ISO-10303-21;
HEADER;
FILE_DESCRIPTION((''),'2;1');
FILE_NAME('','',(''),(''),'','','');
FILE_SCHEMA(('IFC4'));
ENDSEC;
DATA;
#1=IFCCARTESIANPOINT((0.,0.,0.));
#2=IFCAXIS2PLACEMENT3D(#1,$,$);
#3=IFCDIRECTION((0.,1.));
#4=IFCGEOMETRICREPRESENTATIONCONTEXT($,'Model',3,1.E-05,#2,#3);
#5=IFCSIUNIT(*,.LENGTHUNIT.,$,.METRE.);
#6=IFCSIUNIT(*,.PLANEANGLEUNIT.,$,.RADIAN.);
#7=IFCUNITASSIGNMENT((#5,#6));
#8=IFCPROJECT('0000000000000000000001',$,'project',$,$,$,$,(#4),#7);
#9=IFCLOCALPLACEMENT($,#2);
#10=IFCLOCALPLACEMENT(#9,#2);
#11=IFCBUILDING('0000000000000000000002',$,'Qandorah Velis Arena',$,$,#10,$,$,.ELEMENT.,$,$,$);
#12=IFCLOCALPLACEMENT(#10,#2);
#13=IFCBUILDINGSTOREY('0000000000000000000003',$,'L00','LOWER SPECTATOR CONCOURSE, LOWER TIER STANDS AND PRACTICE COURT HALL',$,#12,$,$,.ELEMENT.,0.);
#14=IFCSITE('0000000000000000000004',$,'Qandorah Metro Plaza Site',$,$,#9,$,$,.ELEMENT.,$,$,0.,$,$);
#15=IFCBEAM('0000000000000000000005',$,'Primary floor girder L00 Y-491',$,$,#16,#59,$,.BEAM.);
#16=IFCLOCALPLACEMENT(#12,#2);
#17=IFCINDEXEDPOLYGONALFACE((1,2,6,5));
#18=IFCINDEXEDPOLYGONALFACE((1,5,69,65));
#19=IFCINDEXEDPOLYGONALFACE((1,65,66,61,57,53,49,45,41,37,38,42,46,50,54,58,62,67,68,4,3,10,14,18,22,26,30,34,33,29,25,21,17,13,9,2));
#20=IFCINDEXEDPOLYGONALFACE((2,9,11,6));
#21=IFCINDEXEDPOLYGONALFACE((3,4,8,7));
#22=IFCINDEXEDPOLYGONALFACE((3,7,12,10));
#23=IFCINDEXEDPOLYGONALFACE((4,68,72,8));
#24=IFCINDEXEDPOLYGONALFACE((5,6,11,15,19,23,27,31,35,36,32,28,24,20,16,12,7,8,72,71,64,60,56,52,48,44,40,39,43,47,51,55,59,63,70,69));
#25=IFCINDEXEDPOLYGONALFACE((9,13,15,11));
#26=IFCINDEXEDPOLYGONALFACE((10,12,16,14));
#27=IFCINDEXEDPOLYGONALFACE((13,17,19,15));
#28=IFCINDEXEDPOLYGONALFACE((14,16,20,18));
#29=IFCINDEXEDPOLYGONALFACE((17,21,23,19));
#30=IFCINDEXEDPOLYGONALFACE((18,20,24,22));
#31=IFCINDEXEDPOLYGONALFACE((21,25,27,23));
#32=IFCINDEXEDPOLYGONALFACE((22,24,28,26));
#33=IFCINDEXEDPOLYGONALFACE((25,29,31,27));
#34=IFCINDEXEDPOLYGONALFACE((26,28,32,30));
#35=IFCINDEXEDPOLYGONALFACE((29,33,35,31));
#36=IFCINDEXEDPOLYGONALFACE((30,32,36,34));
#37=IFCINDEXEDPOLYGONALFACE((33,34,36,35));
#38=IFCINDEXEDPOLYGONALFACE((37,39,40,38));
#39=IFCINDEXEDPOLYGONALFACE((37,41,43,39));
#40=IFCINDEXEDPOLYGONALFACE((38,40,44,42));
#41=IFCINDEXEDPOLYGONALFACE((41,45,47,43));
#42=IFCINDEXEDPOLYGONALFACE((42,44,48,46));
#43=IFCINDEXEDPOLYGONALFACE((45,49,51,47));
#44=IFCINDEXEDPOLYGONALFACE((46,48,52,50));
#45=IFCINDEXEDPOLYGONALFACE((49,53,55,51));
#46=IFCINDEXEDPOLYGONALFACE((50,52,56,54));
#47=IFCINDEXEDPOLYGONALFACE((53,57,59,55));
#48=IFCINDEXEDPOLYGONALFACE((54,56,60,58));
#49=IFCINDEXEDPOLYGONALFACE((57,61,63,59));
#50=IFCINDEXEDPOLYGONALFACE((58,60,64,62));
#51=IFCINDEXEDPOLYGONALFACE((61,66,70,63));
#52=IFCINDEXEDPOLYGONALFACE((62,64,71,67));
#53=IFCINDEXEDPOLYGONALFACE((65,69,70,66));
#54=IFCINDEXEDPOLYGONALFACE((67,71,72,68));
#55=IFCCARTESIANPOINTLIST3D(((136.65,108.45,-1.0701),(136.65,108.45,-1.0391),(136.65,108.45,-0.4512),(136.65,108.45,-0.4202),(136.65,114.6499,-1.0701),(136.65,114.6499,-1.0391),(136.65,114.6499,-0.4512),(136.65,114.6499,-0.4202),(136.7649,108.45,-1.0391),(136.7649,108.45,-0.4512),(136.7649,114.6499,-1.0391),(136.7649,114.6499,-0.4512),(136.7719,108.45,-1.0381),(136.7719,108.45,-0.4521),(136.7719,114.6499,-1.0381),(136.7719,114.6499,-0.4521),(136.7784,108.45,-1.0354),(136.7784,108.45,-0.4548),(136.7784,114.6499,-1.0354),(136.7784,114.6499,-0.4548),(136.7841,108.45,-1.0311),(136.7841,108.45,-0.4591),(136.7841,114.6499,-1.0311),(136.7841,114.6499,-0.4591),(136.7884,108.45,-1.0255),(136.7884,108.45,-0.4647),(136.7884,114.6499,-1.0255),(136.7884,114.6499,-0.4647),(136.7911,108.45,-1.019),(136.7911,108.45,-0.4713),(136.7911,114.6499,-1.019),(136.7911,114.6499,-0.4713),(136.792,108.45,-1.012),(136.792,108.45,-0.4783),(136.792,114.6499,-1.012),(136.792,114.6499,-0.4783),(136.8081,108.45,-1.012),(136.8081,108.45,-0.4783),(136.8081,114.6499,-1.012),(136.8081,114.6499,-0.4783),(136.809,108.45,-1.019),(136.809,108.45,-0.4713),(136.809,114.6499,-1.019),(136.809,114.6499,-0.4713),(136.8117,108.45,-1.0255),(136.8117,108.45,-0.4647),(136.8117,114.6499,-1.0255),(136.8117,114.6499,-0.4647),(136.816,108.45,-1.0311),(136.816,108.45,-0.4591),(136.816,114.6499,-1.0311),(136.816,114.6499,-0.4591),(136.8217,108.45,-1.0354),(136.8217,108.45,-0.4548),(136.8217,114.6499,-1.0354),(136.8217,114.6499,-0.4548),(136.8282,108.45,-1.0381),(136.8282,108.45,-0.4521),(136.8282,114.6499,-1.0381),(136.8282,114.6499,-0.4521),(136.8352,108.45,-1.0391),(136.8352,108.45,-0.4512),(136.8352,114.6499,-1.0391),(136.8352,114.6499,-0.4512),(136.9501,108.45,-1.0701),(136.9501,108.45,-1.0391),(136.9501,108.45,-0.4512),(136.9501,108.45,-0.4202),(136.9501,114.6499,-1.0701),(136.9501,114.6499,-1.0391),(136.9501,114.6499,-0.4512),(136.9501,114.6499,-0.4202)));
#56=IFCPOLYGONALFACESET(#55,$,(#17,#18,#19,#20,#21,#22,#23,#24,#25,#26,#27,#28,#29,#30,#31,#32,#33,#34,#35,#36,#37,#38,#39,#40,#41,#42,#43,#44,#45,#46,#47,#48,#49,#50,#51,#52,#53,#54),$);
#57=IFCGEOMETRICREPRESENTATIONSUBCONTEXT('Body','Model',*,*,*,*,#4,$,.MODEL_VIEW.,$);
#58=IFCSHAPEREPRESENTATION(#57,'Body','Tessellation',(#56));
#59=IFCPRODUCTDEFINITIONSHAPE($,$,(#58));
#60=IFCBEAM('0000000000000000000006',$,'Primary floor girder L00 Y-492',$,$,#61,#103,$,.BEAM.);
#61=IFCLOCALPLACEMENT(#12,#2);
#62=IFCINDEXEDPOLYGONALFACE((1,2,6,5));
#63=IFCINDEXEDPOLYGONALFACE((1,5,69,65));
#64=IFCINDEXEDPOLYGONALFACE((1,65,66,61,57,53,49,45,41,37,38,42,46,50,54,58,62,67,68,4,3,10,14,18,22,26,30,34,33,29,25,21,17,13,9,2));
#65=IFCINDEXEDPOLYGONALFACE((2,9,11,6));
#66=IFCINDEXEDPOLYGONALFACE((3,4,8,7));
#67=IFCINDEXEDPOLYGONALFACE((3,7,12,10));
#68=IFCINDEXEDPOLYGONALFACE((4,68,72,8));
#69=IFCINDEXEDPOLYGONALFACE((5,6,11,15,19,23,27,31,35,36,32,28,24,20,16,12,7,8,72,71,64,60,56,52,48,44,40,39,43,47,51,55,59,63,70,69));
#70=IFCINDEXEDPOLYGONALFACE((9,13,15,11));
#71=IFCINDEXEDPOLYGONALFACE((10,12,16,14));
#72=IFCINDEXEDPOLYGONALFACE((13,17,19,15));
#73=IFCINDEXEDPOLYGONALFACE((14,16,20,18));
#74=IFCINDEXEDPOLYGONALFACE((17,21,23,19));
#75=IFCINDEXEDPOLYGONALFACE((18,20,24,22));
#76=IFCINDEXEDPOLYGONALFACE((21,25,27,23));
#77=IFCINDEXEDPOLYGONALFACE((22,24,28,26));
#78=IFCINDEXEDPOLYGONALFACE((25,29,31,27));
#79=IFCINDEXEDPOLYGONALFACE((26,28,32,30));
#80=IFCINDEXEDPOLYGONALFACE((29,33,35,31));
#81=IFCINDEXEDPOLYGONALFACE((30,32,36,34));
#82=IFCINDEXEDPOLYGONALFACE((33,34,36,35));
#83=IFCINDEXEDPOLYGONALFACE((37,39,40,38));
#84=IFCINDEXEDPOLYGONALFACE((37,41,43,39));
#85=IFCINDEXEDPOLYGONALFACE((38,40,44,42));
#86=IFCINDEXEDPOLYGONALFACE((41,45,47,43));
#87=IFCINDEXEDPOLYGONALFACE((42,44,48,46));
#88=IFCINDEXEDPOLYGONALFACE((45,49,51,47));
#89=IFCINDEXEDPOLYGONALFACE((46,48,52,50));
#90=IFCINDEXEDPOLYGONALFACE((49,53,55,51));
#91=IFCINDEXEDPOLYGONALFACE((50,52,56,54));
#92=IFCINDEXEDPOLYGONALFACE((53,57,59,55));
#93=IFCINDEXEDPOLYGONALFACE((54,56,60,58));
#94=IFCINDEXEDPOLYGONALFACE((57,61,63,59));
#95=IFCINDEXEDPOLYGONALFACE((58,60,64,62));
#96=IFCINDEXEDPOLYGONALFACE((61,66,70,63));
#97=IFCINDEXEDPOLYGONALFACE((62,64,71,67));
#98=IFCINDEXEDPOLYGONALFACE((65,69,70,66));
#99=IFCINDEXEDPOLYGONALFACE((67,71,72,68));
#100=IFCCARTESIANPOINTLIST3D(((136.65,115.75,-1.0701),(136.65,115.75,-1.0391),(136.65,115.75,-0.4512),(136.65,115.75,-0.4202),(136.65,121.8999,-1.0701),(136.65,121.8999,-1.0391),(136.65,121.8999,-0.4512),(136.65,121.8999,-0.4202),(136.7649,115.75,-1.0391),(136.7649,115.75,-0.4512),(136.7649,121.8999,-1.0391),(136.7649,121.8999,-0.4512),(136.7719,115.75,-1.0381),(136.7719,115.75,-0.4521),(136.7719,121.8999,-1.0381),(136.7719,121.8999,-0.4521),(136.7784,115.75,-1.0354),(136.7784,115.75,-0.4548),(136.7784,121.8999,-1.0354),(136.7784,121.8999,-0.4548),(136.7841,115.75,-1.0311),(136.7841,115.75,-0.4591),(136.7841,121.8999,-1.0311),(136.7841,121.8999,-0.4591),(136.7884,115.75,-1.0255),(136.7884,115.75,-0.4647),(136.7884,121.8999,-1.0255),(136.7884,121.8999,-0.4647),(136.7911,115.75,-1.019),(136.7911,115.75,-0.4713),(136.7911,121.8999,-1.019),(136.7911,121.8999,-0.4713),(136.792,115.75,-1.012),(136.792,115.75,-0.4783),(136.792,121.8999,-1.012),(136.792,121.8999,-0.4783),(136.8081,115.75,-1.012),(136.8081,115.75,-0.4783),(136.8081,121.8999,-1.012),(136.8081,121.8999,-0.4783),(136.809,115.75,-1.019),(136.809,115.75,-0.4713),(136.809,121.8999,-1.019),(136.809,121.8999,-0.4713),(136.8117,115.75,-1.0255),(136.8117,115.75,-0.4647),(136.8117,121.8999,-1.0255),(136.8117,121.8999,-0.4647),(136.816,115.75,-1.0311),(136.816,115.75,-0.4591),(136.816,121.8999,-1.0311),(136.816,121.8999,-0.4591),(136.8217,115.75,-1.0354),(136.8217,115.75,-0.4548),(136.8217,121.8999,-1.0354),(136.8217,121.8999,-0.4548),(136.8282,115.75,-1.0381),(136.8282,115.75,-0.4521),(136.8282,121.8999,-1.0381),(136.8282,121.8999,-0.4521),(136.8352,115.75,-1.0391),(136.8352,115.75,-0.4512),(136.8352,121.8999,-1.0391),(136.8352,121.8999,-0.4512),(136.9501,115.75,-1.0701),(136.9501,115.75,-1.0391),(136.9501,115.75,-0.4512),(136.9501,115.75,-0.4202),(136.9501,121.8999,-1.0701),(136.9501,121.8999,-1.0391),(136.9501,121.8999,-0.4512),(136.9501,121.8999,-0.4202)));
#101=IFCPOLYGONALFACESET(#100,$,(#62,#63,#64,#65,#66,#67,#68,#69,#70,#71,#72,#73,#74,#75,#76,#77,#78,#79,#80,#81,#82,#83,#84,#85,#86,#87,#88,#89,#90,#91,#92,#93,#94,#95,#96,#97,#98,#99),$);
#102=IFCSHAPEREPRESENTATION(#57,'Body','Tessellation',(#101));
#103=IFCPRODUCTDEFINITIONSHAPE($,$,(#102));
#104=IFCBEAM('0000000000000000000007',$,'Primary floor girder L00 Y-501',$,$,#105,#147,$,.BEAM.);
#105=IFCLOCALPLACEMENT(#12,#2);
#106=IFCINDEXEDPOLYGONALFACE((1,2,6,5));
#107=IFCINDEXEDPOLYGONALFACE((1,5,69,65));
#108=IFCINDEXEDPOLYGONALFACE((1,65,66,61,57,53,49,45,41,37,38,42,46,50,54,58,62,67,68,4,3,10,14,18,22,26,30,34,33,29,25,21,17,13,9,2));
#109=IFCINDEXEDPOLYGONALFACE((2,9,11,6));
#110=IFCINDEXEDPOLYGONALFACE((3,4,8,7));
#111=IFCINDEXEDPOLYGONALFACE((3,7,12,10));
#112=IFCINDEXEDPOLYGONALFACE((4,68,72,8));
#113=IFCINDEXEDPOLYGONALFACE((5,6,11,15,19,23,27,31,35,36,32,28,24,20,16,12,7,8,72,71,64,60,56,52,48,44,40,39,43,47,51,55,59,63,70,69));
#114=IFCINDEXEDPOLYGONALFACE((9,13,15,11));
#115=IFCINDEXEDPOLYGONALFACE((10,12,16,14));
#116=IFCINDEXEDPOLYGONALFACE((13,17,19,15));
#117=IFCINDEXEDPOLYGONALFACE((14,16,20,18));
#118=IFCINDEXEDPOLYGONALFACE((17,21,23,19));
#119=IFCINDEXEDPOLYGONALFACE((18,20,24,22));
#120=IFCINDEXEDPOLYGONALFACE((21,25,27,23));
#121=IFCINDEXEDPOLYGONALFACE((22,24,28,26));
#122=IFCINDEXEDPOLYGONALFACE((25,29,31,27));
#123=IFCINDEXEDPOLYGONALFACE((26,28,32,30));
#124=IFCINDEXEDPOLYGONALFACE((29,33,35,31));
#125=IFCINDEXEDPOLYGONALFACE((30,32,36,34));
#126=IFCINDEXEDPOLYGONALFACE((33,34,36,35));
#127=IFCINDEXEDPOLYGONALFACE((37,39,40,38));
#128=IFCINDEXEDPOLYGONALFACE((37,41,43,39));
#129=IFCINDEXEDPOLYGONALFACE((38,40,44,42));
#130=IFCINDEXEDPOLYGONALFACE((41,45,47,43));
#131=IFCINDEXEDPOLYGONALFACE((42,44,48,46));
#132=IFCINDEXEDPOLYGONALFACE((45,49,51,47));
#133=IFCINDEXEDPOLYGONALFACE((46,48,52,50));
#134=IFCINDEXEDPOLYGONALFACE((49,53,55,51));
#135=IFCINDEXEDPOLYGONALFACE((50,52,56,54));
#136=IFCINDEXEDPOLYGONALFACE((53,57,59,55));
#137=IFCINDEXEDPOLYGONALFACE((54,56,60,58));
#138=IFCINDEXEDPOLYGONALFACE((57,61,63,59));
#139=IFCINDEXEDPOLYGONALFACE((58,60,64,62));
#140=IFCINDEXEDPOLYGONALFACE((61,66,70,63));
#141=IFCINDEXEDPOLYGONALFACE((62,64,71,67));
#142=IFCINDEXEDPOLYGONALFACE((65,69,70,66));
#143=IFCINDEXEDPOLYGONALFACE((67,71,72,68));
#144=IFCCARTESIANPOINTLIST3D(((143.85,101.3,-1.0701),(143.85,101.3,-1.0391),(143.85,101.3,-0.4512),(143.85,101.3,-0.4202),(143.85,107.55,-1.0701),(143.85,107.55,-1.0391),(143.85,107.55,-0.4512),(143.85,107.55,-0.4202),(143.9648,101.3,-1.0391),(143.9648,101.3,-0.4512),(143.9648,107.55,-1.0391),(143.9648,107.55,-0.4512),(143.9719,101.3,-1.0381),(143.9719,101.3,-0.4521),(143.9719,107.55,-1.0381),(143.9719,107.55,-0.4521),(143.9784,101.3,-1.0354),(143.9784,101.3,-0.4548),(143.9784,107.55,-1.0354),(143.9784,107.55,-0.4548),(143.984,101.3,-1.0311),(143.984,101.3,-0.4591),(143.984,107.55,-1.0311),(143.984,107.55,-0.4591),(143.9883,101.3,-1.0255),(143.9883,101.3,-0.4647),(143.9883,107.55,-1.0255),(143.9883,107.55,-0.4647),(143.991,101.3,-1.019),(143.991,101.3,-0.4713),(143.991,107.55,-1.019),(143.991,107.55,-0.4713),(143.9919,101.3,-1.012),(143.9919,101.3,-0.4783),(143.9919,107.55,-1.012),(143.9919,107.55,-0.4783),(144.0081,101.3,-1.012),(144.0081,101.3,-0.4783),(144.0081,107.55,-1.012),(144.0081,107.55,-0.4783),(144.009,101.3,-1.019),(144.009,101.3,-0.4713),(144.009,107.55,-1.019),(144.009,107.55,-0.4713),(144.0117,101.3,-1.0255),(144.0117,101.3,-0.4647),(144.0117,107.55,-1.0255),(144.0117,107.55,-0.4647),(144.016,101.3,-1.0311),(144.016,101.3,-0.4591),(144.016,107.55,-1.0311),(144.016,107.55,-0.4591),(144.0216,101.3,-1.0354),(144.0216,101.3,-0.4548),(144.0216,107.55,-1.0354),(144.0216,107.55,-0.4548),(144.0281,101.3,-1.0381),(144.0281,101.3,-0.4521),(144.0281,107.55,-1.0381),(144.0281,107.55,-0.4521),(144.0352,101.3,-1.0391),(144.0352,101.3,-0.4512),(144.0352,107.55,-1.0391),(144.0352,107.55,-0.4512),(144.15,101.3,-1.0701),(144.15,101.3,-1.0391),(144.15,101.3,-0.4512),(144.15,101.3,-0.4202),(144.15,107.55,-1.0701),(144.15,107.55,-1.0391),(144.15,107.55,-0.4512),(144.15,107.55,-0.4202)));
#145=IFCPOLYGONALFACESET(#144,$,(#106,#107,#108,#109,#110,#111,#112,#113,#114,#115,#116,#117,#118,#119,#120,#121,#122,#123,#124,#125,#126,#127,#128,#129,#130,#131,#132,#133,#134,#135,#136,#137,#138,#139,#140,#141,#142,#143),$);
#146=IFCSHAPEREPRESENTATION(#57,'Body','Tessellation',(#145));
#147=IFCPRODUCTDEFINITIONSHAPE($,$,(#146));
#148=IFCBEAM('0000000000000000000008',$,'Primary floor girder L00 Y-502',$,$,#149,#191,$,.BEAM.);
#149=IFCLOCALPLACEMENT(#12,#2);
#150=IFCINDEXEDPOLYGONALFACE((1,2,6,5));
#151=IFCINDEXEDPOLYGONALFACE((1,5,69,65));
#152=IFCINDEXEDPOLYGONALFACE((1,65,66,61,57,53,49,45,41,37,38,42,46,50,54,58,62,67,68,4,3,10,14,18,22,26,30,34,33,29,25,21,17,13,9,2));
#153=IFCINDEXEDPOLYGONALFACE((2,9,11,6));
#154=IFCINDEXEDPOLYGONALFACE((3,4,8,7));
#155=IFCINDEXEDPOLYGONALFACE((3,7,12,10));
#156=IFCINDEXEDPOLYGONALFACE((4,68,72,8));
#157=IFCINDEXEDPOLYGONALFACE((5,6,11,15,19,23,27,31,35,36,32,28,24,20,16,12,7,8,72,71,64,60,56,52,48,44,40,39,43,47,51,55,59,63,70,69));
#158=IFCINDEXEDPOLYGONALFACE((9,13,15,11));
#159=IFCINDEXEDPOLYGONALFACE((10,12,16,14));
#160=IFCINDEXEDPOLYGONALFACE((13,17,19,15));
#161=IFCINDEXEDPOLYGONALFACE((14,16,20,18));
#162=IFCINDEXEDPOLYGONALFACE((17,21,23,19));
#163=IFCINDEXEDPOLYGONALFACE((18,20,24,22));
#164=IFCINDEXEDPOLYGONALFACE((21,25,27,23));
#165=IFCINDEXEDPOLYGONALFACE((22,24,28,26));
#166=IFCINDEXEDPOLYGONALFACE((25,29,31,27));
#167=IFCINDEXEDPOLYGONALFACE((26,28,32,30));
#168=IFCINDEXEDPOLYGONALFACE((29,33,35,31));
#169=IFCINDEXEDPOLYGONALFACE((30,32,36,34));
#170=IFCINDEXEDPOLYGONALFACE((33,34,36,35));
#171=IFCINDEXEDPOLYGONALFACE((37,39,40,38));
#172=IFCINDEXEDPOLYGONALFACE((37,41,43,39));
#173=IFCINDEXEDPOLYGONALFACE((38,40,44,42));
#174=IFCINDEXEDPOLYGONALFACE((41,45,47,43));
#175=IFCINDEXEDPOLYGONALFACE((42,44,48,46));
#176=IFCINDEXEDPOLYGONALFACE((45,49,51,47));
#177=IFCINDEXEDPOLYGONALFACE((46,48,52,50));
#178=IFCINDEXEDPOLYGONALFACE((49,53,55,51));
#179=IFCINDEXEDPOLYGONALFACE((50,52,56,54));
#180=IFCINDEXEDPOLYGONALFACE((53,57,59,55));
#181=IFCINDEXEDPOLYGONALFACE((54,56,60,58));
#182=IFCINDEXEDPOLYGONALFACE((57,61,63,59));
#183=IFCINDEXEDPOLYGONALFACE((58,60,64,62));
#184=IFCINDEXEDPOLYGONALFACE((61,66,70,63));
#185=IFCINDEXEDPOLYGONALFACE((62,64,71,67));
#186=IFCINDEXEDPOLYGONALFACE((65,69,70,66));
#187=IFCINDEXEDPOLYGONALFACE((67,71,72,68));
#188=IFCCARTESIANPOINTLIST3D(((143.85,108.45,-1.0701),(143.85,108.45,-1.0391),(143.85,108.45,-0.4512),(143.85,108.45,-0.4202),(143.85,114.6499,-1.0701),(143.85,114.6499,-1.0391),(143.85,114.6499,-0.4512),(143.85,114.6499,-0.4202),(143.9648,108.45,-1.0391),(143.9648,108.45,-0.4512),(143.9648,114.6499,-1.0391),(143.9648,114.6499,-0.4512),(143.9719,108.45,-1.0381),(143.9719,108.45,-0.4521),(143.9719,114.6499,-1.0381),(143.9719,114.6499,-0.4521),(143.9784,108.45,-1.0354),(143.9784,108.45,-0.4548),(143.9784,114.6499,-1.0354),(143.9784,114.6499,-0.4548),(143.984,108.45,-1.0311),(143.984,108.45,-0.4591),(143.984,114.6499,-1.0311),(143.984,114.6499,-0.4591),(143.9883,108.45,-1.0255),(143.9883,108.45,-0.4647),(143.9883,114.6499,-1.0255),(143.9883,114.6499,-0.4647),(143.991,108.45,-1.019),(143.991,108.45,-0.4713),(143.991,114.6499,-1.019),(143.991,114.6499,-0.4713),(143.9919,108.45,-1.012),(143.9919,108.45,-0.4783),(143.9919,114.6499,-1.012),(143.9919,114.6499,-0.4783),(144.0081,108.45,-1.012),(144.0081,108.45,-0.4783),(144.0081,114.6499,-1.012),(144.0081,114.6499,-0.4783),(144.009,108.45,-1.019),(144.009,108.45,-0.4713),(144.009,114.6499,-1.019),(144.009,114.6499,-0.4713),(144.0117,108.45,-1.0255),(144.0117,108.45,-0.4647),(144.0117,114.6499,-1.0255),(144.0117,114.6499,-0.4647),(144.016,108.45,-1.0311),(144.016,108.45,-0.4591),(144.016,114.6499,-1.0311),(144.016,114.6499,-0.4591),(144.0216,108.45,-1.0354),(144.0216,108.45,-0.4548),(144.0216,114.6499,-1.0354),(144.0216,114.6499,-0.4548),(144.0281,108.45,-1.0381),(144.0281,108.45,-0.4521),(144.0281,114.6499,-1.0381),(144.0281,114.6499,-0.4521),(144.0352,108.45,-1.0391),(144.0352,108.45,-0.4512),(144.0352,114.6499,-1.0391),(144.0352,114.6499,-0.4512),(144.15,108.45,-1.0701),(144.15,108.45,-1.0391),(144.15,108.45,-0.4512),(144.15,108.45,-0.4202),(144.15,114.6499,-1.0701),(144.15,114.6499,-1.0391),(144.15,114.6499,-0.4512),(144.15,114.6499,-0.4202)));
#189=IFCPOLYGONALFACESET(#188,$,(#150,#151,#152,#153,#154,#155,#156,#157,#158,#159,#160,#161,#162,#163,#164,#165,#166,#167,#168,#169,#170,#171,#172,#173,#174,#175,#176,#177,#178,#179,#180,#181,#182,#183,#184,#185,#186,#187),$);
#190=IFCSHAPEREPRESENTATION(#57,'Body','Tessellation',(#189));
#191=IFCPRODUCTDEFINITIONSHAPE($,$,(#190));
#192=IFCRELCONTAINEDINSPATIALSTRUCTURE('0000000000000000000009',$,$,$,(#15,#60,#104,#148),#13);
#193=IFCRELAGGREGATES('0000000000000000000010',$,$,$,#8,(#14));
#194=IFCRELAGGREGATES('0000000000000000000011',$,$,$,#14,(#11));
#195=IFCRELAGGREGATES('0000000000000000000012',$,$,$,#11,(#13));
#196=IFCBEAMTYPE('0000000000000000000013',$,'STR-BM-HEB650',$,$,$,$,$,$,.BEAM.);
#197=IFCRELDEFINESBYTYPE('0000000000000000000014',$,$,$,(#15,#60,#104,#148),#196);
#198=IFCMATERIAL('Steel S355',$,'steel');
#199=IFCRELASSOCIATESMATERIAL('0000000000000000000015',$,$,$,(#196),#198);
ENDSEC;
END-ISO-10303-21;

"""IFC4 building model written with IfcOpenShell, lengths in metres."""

from ifc_helpers import new_model, si_unit, direction, frame, origin, origin_2d, place, context, subcontext, project, spatial, i_section, extrude, material, material_profile, profile_set, type_object, element, save


model = new_model("IFC4")

# Units and contexts
model_context = context("Model", 3, precision=1e-05, world=origin(), true_north=direction((0.0, 1.0)))
body_context = subcontext(model_context, "Body", "Model", "MODEL_VIEW")
ifc_project = project(units=[si_unit("LENGTHUNIT", "METRE"), si_unit("PLANEANGLEUNIT", "RADIAN")], contexts=[model_context])

# Site, building, storey
site_placement = place(None, origin())
site = spatial("IfcSite", under=ifc_project, at=site_placement, Name="Qandorah Metro Plaza Site", CompositionType="ELEMENT", RefElevation=0.0)
building_placement = place(site_placement, origin())
building = spatial("IfcBuilding", under=site, at=building_placement, Name="Qandorah Velis Arena", CompositionType="ELEMENT")
storey_placement = place(building_placement, origin())
storey = spatial("IfcBuildingStorey", under=building, at=storey_placement, Name="L00", Description="LOWER SPECTATOR CONCOURSE, LOWER TIER STANDS AND PRACTICE COURT HALL", CompositionType="ELEMENT", Elevation=0.0)

# Beams
ifc_material_1 = material(Name="Steel S355", Category="steel")
ifc_material_profile_1 = material_profile(ifc_material_1, i_section(OverallWidth=0.3, OverallDepth=0.6499, WebThickness=0.0161, FlangeThickness=0.031, FilletRadius=0.0271, at=origin_2d()), Name="HEB 650")
ifc_profile_set_1 = profile_set([ifc_material_profile_1], Name="Steel S355")
beam_type_1 = type_object("IfcBeamType", Name="STR-BM-HEB650", PredefinedType="BEAM", material=ifc_profile_set_1)
beam_1_placement = place(storey_placement, frame((136.8, 108.45, -0.7451), z_axis=(0.0, 1.0, 0.0), x_axis=(-1.0, 0.0, 0.0)))
element("IfcBeam", 1, at=beam_1_placement, inside=storey, type_object=beam_type_1, Name="Primary floor girder L00 Y-491", PredefinedType="BEAM", context=body_context, shape_type="SweptSolid", body=[
    extrude(i_section(OverallWidth=0.3, OverallDepth=0.6499, WebThickness=0.0161, FlangeThickness=0.031, FilletRadius=0.0271, at=origin_2d()), origin(), (0.0, 0.0, 1.0), 6.2),
])
beam_2_placement = place(storey_placement, frame((136.8, 115.75, -0.7451), z_axis=(0.0, 1.0, 0.0), x_axis=(-1.0, 0.0, 0.0)))
element("IfcBeam", 2, at=beam_2_placement, inside=storey, type_object=beam_type_1, Name="Primary floor girder L00 Y-492", PredefinedType="BEAM", context=body_context, shape_type="SweptSolid", body=[
    extrude(i_section(OverallWidth=0.3, OverallDepth=0.6499, WebThickness=0.0161, FlangeThickness=0.031, FilletRadius=0.0271, at=origin_2d()), origin(), (0.0, 0.0, 1.0), 6.1499),
])
beam_3_placement = place(storey_placement, frame((144.0, 101.3, -0.7451), z_axis=(0.0, 1.0, 0.0), x_axis=(-1.0, 0.0, 0.0)))
element("IfcBeam", 3, at=beam_3_placement, inside=storey, type_object=beam_type_1, Name="Primary floor girder L00 Y-501", PredefinedType="BEAM", context=body_context, shape_type="SweptSolid", body=[
    extrude(i_section(OverallWidth=0.3, OverallDepth=0.6499, WebThickness=0.0161, FlangeThickness=0.031, FilletRadius=0.0271, at=origin_2d()), origin(), (0.0, 0.0, 1.0), 6.25),
])
beam_4_placement = place(storey_placement, frame((144.0, 108.45, -0.7451), z_axis=(0.0, 1.0, 0.0), x_axis=(-1.0, 0.0, 0.0)))
element("IfcBeam", 4, at=beam_4_placement, inside=storey, type_object=beam_type_1, Name="Primary floor girder L00 Y-502", PredefinedType="BEAM", context=body_context, shape_type="SweptSolid", body=[
    extrude(i_section(OverallWidth=0.3, OverallDepth=0.6499, WebThickness=0.0161, FlangeThickness=0.031, FilletRadius=0.0271, at=origin_2d()), origin(), (0.0, 0.0, 1.0), 6.2),
])

save(model, "model.ifc")
